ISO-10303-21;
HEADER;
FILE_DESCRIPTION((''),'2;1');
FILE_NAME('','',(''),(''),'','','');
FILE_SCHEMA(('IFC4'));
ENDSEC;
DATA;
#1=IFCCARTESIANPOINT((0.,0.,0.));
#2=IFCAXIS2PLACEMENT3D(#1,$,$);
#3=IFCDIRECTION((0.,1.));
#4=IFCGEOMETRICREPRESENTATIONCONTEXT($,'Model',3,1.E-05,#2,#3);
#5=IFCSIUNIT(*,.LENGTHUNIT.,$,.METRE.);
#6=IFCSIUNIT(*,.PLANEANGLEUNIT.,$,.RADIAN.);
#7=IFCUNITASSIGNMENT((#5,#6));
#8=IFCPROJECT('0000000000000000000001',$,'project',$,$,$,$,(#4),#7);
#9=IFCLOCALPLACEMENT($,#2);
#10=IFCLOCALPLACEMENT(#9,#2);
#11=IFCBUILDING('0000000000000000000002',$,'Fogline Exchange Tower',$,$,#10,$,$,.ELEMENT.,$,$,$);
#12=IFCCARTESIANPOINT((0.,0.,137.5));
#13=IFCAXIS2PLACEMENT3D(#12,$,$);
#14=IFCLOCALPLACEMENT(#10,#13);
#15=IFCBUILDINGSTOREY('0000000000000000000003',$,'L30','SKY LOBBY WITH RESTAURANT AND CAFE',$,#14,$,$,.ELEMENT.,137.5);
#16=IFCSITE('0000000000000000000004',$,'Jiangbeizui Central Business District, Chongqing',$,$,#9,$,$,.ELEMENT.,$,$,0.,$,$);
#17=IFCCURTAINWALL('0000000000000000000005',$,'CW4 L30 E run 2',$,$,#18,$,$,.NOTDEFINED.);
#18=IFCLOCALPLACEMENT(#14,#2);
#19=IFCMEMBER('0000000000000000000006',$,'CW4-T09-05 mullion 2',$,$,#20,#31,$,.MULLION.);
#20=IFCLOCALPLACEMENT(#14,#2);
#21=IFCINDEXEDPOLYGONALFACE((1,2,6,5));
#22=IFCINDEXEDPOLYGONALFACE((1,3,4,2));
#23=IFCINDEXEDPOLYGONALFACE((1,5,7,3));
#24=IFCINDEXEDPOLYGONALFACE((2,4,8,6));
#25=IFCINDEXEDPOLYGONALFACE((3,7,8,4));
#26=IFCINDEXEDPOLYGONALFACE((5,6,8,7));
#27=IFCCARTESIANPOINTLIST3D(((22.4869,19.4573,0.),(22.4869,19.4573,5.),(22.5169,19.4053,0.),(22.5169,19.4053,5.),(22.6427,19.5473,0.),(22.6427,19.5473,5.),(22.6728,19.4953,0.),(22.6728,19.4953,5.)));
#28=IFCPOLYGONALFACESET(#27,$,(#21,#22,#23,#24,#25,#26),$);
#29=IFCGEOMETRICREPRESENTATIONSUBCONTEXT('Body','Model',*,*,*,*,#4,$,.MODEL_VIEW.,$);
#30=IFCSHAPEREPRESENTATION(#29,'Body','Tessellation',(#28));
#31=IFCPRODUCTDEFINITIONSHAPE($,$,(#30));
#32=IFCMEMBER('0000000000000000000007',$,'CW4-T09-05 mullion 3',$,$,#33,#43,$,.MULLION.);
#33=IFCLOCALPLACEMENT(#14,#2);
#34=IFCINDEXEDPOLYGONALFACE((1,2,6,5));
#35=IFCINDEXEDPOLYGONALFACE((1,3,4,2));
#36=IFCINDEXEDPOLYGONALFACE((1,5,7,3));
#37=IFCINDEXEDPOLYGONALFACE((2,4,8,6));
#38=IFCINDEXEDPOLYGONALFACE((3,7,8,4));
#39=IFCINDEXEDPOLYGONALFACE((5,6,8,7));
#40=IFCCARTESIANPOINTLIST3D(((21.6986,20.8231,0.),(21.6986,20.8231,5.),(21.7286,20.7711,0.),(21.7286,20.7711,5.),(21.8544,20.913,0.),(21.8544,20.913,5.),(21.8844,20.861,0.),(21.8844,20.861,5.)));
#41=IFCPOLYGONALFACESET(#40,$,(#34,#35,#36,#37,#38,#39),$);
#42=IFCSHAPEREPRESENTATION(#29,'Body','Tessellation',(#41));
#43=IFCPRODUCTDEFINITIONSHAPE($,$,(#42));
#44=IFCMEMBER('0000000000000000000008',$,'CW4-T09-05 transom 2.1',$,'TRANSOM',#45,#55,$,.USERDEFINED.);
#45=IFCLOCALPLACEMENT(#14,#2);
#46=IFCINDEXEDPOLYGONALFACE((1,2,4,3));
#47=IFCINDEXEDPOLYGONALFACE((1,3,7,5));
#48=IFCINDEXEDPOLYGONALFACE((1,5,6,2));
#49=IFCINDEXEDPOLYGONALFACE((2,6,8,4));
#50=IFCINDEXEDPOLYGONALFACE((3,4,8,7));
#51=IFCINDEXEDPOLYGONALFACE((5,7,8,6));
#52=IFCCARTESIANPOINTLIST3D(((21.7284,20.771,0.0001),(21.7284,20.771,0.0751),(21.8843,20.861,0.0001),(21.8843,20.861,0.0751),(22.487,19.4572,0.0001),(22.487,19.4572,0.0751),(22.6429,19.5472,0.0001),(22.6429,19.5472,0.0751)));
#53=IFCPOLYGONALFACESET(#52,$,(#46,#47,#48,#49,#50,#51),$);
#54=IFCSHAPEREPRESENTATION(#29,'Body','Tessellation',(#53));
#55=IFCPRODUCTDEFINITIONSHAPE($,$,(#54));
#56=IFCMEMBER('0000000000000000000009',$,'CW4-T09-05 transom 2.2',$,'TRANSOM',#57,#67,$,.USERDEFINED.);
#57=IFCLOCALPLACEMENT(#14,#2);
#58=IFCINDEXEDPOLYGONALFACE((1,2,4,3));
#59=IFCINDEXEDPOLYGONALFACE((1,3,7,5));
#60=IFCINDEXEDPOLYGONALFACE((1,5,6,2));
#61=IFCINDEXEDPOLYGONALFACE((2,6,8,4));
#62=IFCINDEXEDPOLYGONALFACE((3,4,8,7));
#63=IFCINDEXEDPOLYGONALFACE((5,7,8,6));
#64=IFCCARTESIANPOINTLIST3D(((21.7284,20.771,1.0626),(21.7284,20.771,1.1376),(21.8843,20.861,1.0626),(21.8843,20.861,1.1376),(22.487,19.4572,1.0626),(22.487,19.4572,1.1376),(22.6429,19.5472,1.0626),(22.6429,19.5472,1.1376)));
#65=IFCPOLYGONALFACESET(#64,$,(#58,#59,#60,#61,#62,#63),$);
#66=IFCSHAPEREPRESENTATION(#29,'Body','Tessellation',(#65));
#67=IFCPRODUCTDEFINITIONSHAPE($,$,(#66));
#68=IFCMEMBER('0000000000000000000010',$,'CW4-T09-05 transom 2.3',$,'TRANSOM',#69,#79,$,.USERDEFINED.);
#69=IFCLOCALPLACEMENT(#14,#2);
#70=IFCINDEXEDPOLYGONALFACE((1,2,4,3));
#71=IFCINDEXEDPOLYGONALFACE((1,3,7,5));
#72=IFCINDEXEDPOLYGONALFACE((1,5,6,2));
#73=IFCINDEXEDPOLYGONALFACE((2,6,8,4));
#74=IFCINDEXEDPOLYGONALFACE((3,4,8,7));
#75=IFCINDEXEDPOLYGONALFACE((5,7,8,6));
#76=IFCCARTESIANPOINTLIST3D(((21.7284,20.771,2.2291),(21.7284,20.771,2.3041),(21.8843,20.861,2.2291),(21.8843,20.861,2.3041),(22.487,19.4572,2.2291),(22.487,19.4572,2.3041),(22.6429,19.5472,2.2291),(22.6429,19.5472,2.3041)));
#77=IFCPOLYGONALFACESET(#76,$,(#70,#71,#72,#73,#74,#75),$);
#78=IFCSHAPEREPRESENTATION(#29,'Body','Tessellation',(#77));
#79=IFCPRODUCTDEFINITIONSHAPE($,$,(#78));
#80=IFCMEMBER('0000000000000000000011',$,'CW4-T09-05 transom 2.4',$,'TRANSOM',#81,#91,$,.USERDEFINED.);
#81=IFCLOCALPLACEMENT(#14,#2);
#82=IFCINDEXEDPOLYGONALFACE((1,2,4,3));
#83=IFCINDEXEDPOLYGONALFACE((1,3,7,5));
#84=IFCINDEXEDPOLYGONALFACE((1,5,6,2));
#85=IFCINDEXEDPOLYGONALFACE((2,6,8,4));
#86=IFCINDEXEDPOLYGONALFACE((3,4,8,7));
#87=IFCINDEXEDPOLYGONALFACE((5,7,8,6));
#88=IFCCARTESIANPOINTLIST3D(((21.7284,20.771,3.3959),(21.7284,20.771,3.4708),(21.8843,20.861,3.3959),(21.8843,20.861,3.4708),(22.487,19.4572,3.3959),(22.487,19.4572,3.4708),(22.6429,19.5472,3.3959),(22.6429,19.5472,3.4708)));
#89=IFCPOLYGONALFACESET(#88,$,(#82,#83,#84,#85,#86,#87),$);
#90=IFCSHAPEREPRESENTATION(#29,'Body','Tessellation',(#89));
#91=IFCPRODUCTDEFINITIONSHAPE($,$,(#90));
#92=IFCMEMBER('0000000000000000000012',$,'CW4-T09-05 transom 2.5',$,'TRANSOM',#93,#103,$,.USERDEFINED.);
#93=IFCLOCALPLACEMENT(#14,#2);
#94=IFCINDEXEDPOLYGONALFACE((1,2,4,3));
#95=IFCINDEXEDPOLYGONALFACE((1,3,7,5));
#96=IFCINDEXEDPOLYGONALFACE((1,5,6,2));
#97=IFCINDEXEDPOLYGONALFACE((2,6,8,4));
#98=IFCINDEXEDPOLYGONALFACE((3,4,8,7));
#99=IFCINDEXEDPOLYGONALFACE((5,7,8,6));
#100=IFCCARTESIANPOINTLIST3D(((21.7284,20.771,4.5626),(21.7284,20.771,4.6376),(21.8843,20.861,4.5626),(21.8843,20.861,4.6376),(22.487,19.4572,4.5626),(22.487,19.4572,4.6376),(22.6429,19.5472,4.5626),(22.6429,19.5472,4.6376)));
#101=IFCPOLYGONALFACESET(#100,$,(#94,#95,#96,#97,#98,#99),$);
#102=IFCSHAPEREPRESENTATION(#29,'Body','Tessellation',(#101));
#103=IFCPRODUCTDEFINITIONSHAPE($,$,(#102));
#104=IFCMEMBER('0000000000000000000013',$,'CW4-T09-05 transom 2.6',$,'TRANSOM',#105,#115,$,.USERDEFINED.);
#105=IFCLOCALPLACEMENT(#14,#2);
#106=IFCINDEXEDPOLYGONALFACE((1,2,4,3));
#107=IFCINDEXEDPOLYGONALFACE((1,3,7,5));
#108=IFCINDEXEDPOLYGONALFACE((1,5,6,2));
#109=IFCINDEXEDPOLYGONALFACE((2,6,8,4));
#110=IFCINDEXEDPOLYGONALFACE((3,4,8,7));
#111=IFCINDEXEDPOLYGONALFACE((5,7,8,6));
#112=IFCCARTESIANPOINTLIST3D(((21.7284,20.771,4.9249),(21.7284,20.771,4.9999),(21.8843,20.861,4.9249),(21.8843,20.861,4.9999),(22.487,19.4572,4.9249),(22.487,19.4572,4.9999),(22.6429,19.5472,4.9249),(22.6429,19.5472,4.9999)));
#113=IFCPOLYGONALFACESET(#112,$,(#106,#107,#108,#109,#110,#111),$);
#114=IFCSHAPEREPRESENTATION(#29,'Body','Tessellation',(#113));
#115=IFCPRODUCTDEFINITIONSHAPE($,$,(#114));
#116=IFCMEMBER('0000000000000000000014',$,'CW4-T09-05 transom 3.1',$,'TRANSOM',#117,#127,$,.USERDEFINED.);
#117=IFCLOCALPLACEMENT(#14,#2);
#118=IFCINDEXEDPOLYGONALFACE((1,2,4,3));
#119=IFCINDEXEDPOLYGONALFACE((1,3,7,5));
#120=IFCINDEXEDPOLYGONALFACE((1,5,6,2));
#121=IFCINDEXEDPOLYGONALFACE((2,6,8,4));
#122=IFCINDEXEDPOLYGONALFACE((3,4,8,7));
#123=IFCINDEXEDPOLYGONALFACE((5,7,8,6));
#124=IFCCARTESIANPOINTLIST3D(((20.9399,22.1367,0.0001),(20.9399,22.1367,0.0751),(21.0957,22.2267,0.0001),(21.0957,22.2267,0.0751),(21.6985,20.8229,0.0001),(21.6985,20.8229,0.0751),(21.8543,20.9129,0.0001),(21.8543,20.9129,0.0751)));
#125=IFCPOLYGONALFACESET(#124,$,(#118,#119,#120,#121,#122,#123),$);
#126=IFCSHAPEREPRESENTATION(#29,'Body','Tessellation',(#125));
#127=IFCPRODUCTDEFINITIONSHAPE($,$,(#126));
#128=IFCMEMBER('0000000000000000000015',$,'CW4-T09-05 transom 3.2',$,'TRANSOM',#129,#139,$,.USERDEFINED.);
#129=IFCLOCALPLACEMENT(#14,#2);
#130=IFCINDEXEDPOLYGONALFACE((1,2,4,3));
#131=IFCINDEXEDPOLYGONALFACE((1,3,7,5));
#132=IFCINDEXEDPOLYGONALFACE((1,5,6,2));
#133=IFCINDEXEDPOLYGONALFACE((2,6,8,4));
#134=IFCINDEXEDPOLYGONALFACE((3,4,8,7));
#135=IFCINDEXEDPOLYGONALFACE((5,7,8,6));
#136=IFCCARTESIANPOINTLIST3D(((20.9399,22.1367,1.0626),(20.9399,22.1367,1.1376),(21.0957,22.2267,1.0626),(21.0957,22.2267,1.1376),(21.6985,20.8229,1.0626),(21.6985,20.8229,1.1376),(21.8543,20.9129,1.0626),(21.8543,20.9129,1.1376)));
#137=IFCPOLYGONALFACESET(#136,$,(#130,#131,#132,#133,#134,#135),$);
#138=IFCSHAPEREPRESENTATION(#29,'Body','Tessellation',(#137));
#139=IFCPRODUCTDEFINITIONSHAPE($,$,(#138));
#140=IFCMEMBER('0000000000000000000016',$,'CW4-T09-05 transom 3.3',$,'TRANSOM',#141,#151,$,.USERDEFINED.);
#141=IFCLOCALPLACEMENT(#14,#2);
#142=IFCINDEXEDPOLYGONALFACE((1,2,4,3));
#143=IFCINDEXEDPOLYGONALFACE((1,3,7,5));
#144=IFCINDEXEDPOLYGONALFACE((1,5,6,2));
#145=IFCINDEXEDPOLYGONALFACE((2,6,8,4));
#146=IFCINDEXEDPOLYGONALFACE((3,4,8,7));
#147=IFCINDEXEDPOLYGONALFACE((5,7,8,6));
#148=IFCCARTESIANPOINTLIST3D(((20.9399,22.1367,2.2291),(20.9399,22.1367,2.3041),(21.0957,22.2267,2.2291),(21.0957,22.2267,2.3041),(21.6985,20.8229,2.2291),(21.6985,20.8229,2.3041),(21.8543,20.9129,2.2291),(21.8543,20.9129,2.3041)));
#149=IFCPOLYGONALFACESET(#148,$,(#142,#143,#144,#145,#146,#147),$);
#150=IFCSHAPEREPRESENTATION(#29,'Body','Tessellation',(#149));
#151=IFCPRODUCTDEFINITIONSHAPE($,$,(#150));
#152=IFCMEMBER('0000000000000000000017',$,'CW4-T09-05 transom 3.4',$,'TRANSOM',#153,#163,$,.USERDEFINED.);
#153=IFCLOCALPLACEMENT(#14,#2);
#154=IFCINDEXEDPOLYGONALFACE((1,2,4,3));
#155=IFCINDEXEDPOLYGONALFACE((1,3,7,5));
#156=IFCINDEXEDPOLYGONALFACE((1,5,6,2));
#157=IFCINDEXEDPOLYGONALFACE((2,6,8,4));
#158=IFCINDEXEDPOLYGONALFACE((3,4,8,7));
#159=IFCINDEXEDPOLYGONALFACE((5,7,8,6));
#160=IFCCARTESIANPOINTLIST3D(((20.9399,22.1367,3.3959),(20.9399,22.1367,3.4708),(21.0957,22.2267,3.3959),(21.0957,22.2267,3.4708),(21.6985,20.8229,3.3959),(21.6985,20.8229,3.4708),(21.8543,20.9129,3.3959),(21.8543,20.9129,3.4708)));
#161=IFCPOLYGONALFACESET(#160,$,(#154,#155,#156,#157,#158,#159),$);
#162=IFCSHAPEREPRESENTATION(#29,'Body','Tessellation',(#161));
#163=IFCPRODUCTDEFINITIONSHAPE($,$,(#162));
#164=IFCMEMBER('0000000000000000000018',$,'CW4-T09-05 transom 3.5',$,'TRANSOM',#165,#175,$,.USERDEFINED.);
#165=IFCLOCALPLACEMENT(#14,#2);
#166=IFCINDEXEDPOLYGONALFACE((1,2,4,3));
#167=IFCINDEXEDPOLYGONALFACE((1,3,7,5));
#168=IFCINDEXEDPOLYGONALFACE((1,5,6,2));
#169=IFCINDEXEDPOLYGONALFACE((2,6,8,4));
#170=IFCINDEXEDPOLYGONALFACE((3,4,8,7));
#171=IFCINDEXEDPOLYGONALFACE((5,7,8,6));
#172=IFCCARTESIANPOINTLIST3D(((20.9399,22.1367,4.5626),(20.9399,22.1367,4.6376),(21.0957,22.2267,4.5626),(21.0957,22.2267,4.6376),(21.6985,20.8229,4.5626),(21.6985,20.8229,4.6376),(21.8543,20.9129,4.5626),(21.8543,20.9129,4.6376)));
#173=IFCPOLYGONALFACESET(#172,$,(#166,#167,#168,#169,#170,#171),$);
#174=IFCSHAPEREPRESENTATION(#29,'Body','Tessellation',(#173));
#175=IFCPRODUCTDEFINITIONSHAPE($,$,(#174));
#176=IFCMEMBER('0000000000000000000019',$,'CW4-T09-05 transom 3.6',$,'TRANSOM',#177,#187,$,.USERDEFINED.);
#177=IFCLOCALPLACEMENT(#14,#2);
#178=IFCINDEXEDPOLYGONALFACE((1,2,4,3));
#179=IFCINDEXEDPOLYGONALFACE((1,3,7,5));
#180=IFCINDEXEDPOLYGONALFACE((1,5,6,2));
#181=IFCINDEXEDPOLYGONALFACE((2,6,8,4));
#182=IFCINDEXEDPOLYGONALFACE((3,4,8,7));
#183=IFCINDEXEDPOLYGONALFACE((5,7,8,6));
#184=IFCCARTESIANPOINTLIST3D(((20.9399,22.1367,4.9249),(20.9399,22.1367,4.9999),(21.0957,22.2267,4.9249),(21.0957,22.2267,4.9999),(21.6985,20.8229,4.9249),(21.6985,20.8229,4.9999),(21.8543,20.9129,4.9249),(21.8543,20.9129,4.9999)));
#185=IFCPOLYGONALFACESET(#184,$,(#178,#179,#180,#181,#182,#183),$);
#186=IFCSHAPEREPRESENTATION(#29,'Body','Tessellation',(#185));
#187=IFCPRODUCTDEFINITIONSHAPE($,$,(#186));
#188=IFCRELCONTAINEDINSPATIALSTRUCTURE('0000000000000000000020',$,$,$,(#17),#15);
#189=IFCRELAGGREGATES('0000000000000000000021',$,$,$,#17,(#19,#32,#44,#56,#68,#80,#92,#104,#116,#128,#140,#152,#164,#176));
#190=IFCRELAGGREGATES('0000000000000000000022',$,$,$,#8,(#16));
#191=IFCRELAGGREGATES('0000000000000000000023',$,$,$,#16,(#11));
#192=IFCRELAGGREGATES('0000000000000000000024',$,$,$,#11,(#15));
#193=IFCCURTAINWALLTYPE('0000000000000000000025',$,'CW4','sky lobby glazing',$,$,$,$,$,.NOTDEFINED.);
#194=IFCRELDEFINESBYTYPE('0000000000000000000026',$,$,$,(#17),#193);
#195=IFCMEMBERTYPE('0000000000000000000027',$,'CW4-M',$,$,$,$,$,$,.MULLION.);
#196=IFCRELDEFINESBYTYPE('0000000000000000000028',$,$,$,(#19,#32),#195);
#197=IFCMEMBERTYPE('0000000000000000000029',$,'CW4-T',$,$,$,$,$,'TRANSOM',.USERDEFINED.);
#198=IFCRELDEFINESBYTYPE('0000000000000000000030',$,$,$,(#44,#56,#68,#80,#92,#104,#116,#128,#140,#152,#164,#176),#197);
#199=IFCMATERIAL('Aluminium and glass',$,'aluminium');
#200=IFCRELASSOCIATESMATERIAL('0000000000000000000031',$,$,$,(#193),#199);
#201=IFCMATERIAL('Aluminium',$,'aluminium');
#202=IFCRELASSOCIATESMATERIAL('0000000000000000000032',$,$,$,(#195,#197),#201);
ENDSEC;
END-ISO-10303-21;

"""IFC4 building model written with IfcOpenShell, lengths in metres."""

from ifc_helpers import new_model, si_unit, direction, frame, origin, origin_2d, place, context, subcontext, project, spatial, rectangle, extrude, material, material_profile, profile_set, type_object, element, aggregate, save


model = new_model("IFC4")

# Units and contexts
model_context = context("Model", 3, precision=1e-05, world=origin(), true_north=direction((0.0, 1.0)))
body_context = subcontext(model_context, "Body", "Model", "MODEL_VIEW")
ifc_project = project(units=[si_unit("LENGTHUNIT", "METRE"), si_unit("PLANEANGLEUNIT", "RADIAN")], contexts=[model_context])

# Site, building, storey
site_placement = place(None, origin())
site = spatial("IfcSite", under=ifc_project, at=site_placement, Name="Jiangbeizui Central Business District, Chongqing", CompositionType="ELEMENT", RefElevation=0.0)
building_placement = place(site_placement, origin())
building = spatial("IfcBuilding", under=site, at=building_placement, Name="Fogline Exchange Tower", CompositionType="ELEMENT")
storey_placement = place(building_placement, frame((0.0, 0.0, 137.5)))
storey = spatial("IfcBuildingStorey", under=building, at=storey_placement, Name="L30", Description="SKY LOBBY WITH RESTAURANT AND CAFE", CompositionType="ELEMENT", Elevation=137.5)

# Curtain wall, members
ifc_material_1 = material(Name="Aluminium and glass", Category="aluminium")
curtain_wall_type = type_object("IfcCurtainWallType", Name="CW4", Description="sky lobby glazing", PredefinedType="NOTDEFINED", material=ifc_material_1)
curtain_wall_placement = place(storey_placement, origin())
curtain_wall = element("IfcCurtainWall", 1, at=curtain_wall_placement, inside=storey, type_object=curtain_wall_type, Name="CW4 L30 E run 2", PredefinedType="NOTDEFINED")
ifc_material_2 = material(Name="Aluminium", Category="aluminium")
ifc_material_profile_1 = material_profile(ifc_material_2, rectangle(XDim=0.1799, YDim=0.0601, at=origin_2d()), Name="Mullion 60x180")
ifc_profile_set_1 = profile_set([ifc_material_profile_1], Name="Aluminium")
member_type_1 = type_object("IfcMemberType", Name="CW4-M", PredefinedType="MULLION", material=ifc_profile_set_1)
member_1_placement = place(storey_placement, frame((22.5798, 19.4763, 0.0), z_axis=(0.0, 0.0, 1.0), x_axis=(-0.866025, -0.5, 0.0)))
member_1 = element("IfcMember", 2, at=member_1_placement, type_object=member_type_1, Name="CW4-T09-05 mullion 2", PredefinedType="MULLION", context=body_context, shape_type="SweptSolid", body=[
    extrude(rectangle(XDim=0.1799, YDim=0.0601, at=origin_2d()), origin(), (0.0, 0.0, 1.0), 5.0),
])
member_2_placement = place(storey_placement, frame((21.7915, 20.842, 0.0), z_axis=(0.0, 0.0, 1.0), x_axis=(-0.866025, -0.5, 0.0)))
member_2 = element("IfcMember", 3, at=member_2_placement, type_object=member_type_1, Name="CW4-T09-05 mullion 3", PredefinedType="MULLION", context=body_context, shape_type="SweptSolid", body=[
    extrude(rectangle(XDim=0.1799, YDim=0.0601, at=origin_2d()), origin(), (0.0, 0.0, 1.0), 5.0),
])
ifc_material_profile_2 = material_profile(ifc_material_2, rectangle(XDim=0.1799, YDim=0.075, at=origin_2d()), Name="Transom 75x180")
ifc_profile_set_2 = profile_set([ifc_material_profile_2], Name="Aluminium")
member_type_2 = type_object("IfcMemberType", Name="CW4-T", ElementType="TRANSOM", PredefinedType="USERDEFINED", material=ifc_profile_set_2)
member_3_placement = place(storey_placement, frame((22.5649, 19.5022, 0.0376), z_axis=(-0.500034, 0.866006, 0.0), x_axis=(-0.866006, -0.500034, 0.0)))
member_3 = element("IfcMember", 4, at=member_3_placement, type_object=member_type_2, Name="CW4-T09-05 transom 2.1", ObjectType="TRANSOM", PredefinedType="USERDEFINED", context=body_context, shape_type="SweptSolid", body=[
    extrude(rectangle(XDim=0.1799, YDim=0.075, at=origin_2d()), origin(), (0.0, 0.0, 1.0), 1.5171),
])
member_4_placement = place(storey_placement, frame((22.5649, 19.5022, 1.1001), z_axis=(-0.500034, 0.866006, 0.0), x_axis=(-0.866006, -0.500034, 0.0)))
member_4 = element("IfcMember", 5, at=member_4_placement, type_object=member_type_2, Name="CW4-T09-05 transom 2.2", ObjectType="TRANSOM", PredefinedType="USERDEFINED", context=body_context, shape_type="SweptSolid", body=[
    extrude(rectangle(XDim=0.1799, YDim=0.075, at=origin_2d()), origin(), (0.0, 0.0, 1.0), 1.5171),
])
member_5_placement = place(storey_placement, frame((22.5649, 19.5022, 2.2666), z_axis=(-0.500034, 0.866006, 0.0), x_axis=(-0.866006, -0.500034, 0.0)))
member_5 = element("IfcMember", 6, at=member_5_placement, type_object=member_type_2, Name="CW4-T09-05 transom 2.3", ObjectType="TRANSOM", PredefinedType="USERDEFINED", context=body_context, shape_type="SweptSolid", body=[
    extrude(rectangle(XDim=0.1799, YDim=0.075, at=origin_2d()), origin(), (0.0, 0.0, 1.0), 1.5171),
])
member_6_placement = place(storey_placement, frame((22.5649, 19.5022, 3.4333), z_axis=(-0.500034, 0.866006, 0.0), x_axis=(-0.866006, -0.500034, 0.0)))
member_6 = element("IfcMember", 7, at=member_6_placement, type_object=member_type_2, Name="CW4-T09-05 transom 2.4", ObjectType="TRANSOM", PredefinedType="USERDEFINED", context=body_context, shape_type="SweptSolid", body=[
    extrude(rectangle(XDim=0.1799, YDim=0.075, at=origin_2d()), origin(), (0.0, 0.0, 1.0), 1.5171),
])
member_7_placement = place(storey_placement, frame((22.5649, 19.5022, 4.6001), z_axis=(-0.500034, 0.866006, 0.0), x_axis=(-0.866006, -0.500034, 0.0)))
member_7 = element("IfcMember", 8, at=member_7_placement, type_object=member_type_2, Name="CW4-T09-05 transom 2.5", ObjectType="TRANSOM", PredefinedType="USERDEFINED", context=body_context, shape_type="SweptSolid", body=[
    extrude(rectangle(XDim=0.1799, YDim=0.075, at=origin_2d()), origin(), (0.0, 0.0, 1.0), 1.5171),
])
member_8_placement = place(storey_placement, frame((22.5649, 19.5022, 4.9624), z_axis=(-0.500034, 0.866006, 0.0), x_axis=(-0.866006, -0.500034, 0.0)))
member_8 = element("IfcMember", 9, at=member_8_placement, type_object=member_type_2, Name="CW4-T09-05 transom 2.6", ObjectType="TRANSOM", PredefinedType="USERDEFINED", context=body_context, shape_type="SweptSolid", body=[
    extrude(rectangle(XDim=0.1799, YDim=0.075, at=origin_2d()), origin(), (0.0, 0.0, 1.0), 1.5171),
])
member_9_placement = place(storey_placement, frame((21.7764, 20.8679, 0.0376), z_axis=(-0.500034, 0.866006, 0.0), x_axis=(-0.866006, -0.500034, 0.0)))
member_9 = element("IfcMember", 10, at=member_9_placement, type_object=member_type_2, Name="CW4-T09-05 transom 3.1", ObjectType="TRANSOM", PredefinedType="USERDEFINED", context=body_context, shape_type="SweptSolid", body=[
    extrude(rectangle(XDim=0.1799, YDim=0.075, at=origin_2d()), origin(), (0.0, 0.0, 1.0), 1.5171),
])
member_10_placement = place(storey_placement, frame((21.7764, 20.8679, 1.1001), z_axis=(-0.500034, 0.866006, 0.0), x_axis=(-0.866006, -0.500034, 0.0)))
member_10 = element("IfcMember", 11, at=member_10_placement, type_object=member_type_2, Name="CW4-T09-05 transom 3.2", ObjectType="TRANSOM", PredefinedType="USERDEFINED", context=body_context, shape_type="SweptSolid", body=[
    extrude(rectangle(XDim=0.1799, YDim=0.075, at=origin_2d()), origin(), (0.0, 0.0, 1.0), 1.5171),
])
member_11_placement = place(storey_placement, frame((21.7764, 20.8679, 2.2666), z_axis=(-0.500034, 0.866006, 0.0), x_axis=(-0.866006, -0.500034, 0.0)))
member_11 = element("IfcMember", 12, at=member_11_placement, type_object=member_type_2, Name="CW4-T09-05 transom 3.3", ObjectType="TRANSOM", PredefinedType="USERDEFINED", context=body_context, shape_type="SweptSolid", body=[
    extrude(rectangle(XDim=0.1799, YDim=0.075, at=origin_2d()), origin(), (0.0, 0.0, 1.0), 1.5171),
])
member_12_placement = place(storey_placement, frame((21.7764, 20.8679, 3.4333), z_axis=(-0.500034, 0.866006, 0.0), x_axis=(-0.866006, -0.500034, 0.0)))
member_12 = element("IfcMember", 13, at=member_12_placement, type_object=member_type_2, Name="CW4-T09-05 transom 3.4", ObjectType="TRANSOM", PredefinedType="USERDEFINED", context=body_context, shape_type="SweptSolid", body=[
    extrude(rectangle(XDim=0.1799, YDim=0.075, at=origin_2d()), origin(), (0.0, 0.0, 1.0), 1.5171),
])
member_13_placement = place(storey_placement, frame((21.7764, 20.8679, 4.6001), z_axis=(-0.500034, 0.866006, 0.0), x_axis=(-0.866006, -0.500034, 0.0)))
member_13 = element("IfcMember", 14, at=member_13_placement, type_object=member_type_2, Name="CW4-T09-05 transom 3.5", ObjectType="TRANSOM", PredefinedType="USERDEFINED", context=body_context, shape_type="SweptSolid", body=[
    extrude(rectangle(XDim=0.1799, YDim=0.075, at=origin_2d()), origin(), (0.0, 0.0, 1.0), 1.5171),
])
member_14_placement = place(storey_placement, frame((21.7764, 20.8679, 4.9624), z_axis=(-0.500034, 0.866006, 0.0), x_axis=(-0.866006, -0.500034, 0.0)))
member_14 = element("IfcMember", 15, at=member_14_placement, type_object=member_type_2, Name="CW4-T09-05 transom 3.6", ObjectType="TRANSOM", PredefinedType="USERDEFINED", context=body_context, shape_type="SweptSolid", body=[
    extrude(rectangle(XDim=0.1799, YDim=0.075, at=origin_2d()), origin(), (0.0, 0.0, 1.0), 1.5171),
])
aggregate(curtain_wall, [member_1, member_2, member_3, member_4, member_5, member_6, member_7, member_8, member_9, member_10, member_11, member_12, member_13, member_14])

save(model, "model.ifc")
